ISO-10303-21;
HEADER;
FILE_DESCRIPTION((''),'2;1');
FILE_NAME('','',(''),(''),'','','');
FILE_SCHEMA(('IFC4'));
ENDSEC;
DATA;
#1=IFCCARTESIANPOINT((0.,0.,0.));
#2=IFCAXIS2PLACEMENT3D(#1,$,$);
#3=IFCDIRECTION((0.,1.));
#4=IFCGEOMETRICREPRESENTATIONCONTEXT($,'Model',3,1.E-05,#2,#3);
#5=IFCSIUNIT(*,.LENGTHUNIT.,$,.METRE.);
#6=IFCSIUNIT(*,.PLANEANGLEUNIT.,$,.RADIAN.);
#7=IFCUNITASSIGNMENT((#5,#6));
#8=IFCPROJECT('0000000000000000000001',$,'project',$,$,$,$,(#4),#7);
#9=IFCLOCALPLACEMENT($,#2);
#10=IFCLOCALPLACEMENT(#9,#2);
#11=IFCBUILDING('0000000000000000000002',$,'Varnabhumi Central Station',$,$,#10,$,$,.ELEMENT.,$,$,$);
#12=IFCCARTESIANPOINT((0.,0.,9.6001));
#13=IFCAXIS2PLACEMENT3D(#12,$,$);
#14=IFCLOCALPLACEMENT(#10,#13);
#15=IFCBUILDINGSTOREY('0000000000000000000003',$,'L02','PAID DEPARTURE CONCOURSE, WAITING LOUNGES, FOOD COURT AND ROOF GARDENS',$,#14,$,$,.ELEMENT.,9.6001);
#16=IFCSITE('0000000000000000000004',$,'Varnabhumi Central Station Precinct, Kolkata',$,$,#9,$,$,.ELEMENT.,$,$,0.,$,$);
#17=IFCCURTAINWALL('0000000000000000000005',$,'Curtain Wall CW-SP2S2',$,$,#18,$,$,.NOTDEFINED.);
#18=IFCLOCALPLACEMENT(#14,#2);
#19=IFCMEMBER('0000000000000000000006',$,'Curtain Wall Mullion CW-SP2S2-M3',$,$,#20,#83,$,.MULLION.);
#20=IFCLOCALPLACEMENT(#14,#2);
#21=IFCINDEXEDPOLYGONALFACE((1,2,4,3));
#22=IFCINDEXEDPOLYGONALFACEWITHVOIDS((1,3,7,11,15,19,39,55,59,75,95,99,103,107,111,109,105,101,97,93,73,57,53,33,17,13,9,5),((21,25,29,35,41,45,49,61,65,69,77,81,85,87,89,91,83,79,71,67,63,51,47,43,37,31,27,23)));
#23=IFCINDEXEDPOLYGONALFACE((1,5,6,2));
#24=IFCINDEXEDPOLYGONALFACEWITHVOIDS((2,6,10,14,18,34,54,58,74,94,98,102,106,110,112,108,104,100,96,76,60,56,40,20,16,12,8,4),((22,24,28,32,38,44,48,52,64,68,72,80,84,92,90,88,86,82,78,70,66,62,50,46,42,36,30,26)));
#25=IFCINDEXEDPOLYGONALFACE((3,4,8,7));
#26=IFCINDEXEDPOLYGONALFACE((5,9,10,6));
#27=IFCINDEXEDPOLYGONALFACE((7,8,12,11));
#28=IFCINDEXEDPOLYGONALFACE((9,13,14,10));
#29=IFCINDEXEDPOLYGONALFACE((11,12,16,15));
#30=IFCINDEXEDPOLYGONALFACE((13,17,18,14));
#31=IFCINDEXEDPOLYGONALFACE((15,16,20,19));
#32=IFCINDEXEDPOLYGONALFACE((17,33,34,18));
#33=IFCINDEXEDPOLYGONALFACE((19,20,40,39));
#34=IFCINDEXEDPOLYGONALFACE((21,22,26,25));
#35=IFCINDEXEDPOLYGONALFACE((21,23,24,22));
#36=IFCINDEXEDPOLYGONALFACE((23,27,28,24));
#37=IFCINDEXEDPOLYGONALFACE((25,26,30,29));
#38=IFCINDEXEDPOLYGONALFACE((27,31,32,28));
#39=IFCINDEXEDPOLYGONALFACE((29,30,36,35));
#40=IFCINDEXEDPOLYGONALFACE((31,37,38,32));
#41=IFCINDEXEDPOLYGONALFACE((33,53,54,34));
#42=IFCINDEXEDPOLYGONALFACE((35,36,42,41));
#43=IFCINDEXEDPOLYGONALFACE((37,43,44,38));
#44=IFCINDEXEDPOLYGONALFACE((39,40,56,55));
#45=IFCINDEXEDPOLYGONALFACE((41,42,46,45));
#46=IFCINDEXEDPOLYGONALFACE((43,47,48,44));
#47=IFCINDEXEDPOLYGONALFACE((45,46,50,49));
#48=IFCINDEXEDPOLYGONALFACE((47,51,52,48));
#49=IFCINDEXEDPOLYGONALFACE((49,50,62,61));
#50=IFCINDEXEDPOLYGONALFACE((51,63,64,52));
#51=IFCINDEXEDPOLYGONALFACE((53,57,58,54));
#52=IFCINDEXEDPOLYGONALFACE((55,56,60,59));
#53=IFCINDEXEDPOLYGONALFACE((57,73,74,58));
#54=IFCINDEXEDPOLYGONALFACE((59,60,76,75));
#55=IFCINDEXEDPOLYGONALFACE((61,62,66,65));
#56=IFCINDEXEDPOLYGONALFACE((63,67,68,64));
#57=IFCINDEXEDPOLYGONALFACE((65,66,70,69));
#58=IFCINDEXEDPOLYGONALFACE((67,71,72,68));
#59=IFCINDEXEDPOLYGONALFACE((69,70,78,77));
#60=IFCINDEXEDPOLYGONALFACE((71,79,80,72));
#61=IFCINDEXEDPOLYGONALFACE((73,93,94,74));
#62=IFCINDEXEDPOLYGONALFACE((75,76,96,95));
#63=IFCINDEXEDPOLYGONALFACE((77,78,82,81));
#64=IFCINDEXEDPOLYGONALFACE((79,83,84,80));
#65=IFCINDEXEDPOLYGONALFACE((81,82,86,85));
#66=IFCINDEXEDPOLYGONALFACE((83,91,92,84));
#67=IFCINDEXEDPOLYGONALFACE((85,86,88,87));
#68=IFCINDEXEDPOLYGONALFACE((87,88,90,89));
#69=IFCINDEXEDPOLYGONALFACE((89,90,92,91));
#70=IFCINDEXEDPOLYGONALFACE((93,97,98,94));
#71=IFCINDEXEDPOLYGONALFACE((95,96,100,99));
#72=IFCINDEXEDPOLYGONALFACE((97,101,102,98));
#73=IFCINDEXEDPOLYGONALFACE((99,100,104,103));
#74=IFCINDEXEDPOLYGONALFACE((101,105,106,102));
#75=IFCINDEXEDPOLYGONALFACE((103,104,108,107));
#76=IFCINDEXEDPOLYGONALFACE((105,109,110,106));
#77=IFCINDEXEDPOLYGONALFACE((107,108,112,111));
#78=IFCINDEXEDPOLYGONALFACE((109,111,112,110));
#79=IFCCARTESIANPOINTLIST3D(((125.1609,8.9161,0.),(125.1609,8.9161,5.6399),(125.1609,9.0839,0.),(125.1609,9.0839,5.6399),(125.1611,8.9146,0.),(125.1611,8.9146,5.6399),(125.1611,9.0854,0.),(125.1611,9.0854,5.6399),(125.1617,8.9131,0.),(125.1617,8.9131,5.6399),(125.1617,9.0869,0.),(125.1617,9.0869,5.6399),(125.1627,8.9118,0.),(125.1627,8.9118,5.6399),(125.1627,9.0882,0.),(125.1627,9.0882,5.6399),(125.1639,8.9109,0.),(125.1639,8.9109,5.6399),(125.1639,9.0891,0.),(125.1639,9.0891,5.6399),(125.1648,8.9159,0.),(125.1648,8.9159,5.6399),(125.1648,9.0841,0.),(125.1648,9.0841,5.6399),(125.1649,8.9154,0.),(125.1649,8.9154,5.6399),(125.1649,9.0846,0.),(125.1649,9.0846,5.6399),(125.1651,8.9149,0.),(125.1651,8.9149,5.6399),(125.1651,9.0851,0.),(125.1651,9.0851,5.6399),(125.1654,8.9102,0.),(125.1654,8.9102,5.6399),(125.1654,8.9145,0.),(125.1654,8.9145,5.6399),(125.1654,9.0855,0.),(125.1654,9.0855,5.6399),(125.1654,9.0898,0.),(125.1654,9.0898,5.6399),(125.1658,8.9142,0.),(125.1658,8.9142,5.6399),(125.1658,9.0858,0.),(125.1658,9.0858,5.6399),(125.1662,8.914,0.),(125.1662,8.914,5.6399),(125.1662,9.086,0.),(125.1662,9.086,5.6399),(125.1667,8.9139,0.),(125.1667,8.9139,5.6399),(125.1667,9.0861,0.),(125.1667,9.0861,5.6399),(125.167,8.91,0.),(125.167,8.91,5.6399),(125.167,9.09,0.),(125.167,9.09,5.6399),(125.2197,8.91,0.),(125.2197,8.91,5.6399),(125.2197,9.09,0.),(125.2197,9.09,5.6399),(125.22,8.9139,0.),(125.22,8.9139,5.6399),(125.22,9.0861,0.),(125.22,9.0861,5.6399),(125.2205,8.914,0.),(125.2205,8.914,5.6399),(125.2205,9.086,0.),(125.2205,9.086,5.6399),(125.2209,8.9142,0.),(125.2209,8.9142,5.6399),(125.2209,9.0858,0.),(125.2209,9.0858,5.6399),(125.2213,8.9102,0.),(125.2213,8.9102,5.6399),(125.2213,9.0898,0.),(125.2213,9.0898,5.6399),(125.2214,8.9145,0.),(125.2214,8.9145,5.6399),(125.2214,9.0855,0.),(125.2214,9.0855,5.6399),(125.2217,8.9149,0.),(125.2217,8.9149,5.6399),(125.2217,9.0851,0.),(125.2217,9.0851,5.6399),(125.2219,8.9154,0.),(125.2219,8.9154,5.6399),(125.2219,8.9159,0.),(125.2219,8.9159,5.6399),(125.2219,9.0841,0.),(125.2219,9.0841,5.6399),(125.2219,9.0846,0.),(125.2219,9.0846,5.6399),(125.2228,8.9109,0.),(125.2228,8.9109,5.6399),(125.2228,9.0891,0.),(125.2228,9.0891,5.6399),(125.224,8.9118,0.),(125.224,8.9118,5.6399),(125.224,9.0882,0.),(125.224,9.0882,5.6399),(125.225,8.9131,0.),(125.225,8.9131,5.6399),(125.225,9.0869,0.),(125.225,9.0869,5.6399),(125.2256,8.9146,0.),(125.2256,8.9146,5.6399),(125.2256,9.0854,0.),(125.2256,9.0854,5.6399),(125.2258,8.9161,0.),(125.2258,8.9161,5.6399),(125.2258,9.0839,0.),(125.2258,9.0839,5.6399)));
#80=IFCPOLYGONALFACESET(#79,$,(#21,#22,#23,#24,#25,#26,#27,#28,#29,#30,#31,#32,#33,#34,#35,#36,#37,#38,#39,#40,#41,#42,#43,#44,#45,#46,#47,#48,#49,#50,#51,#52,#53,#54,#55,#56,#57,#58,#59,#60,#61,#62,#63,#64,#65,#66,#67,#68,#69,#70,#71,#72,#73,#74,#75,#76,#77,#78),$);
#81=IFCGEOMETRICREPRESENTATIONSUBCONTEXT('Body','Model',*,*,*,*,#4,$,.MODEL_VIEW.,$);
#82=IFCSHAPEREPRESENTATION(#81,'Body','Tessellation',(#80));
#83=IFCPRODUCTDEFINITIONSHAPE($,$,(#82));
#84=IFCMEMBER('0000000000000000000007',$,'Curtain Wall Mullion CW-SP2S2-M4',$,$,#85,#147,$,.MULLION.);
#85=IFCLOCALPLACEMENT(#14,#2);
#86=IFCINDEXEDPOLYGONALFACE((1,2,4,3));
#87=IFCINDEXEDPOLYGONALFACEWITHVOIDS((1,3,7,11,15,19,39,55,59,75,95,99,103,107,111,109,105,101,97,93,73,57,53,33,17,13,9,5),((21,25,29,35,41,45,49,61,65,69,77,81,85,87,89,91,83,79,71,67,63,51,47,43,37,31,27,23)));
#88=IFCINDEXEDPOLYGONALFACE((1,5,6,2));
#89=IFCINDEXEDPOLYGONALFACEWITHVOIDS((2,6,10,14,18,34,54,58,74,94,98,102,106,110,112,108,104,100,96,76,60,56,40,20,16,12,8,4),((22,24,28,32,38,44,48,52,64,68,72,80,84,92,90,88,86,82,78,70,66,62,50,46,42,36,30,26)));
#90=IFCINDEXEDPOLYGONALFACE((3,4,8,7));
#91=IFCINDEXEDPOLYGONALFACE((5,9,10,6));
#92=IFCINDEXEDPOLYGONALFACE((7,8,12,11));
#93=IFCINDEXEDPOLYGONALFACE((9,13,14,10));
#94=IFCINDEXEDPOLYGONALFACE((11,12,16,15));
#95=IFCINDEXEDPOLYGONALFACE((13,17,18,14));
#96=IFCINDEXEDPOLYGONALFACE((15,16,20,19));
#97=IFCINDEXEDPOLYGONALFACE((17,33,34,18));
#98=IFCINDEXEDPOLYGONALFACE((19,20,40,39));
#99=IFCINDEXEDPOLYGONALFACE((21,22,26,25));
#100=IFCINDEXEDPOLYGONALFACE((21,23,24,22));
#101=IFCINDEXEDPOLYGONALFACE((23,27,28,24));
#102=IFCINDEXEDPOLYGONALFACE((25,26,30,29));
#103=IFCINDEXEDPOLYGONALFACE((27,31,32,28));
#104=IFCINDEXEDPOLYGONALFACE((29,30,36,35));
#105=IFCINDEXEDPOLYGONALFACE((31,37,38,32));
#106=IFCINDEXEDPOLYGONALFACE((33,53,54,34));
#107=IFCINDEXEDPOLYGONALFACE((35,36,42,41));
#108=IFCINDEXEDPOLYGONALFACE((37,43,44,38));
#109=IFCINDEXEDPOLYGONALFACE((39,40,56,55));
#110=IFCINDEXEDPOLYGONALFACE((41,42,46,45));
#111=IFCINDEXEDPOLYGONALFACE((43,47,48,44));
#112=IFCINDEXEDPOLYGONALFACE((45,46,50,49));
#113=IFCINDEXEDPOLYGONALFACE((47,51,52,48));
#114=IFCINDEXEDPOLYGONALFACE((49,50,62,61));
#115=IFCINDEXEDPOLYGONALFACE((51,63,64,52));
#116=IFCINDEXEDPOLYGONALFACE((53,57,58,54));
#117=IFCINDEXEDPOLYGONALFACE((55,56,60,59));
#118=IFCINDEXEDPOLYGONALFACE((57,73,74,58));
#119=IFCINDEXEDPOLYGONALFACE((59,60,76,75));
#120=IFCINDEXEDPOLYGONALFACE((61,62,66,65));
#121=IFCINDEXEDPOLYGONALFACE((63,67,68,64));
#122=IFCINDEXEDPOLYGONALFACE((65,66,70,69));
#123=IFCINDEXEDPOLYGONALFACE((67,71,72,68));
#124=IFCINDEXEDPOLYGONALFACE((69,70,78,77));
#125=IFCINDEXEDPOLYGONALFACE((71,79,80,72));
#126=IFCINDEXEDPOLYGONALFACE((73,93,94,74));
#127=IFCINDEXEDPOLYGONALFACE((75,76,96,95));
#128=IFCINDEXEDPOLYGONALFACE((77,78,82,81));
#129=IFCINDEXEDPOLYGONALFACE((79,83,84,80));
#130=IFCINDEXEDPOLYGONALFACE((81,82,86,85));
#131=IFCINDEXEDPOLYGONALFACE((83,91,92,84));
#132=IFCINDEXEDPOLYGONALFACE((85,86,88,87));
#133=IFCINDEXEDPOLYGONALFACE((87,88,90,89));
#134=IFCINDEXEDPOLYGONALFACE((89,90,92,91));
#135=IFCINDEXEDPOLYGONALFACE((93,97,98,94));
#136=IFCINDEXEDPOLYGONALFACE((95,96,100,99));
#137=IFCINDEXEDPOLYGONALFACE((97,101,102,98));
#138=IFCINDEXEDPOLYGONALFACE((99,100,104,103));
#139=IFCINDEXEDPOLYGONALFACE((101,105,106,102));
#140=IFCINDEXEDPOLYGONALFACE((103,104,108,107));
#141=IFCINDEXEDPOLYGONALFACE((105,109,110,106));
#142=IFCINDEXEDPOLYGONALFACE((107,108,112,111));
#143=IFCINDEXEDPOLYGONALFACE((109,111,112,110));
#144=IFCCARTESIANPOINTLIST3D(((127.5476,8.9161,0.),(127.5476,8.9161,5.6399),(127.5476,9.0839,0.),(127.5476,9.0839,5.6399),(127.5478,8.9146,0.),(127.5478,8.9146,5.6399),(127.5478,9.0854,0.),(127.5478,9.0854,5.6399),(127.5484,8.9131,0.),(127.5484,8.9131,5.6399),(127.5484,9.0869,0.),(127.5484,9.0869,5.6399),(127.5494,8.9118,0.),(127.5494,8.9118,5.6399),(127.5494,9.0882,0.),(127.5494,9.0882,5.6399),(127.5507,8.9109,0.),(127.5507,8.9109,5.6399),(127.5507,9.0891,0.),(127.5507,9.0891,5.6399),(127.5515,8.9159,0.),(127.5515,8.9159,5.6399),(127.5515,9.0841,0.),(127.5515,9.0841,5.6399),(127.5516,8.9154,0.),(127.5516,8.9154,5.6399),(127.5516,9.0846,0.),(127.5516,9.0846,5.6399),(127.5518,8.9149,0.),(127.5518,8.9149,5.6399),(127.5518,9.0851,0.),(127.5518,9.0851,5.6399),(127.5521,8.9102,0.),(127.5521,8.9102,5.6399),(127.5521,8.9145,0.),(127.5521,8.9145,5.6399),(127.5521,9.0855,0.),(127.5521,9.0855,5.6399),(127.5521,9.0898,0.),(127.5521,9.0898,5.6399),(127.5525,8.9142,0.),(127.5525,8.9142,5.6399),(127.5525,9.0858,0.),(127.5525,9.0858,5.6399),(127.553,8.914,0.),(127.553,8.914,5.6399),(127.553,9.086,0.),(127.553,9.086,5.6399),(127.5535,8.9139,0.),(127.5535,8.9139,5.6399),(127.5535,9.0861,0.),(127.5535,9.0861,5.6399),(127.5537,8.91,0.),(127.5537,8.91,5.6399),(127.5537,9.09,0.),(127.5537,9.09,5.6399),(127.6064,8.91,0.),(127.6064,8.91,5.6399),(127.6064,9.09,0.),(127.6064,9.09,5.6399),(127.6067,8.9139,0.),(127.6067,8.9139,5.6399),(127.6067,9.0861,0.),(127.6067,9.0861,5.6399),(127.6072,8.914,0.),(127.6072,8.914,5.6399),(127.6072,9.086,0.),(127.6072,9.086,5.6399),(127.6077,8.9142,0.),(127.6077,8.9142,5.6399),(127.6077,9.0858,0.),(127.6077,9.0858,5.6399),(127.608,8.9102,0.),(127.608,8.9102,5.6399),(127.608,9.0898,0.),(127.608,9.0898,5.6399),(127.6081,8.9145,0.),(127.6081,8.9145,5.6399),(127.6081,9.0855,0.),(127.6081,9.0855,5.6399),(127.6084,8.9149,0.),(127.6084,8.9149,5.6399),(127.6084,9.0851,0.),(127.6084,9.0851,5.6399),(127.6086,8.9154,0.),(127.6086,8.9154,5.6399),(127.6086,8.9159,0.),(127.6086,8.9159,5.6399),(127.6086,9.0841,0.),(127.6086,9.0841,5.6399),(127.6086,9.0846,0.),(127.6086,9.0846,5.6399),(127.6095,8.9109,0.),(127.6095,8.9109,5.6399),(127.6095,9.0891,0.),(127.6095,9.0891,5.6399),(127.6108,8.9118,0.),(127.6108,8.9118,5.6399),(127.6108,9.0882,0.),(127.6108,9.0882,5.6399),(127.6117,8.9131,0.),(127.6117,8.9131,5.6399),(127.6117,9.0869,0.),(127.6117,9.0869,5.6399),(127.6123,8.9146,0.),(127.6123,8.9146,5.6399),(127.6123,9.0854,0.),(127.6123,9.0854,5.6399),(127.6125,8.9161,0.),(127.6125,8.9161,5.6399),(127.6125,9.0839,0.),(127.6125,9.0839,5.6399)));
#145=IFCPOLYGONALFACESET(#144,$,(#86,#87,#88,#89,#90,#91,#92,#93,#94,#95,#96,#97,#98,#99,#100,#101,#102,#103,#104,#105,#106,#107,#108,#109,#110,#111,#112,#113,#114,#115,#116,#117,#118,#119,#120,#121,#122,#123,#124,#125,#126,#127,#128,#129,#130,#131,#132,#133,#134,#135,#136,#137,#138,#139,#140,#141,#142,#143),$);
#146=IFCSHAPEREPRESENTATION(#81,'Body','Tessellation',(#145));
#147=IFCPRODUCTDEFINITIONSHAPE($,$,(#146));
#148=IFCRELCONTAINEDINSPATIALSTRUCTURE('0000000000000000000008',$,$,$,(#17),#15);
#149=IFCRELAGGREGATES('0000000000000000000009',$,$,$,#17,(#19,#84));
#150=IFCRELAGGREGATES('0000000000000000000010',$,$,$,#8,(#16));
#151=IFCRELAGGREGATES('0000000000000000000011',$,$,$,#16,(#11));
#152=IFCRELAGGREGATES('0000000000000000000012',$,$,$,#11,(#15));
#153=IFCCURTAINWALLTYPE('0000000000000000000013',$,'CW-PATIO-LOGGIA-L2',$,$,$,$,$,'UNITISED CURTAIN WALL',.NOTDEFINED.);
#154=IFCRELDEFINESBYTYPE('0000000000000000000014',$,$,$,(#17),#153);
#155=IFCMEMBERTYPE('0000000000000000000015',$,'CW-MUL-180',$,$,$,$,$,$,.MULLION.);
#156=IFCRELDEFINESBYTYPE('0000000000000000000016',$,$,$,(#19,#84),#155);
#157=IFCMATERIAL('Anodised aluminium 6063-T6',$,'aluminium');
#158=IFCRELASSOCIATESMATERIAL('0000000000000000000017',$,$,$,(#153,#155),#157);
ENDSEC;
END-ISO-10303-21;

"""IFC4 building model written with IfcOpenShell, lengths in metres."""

from ifc_helpers import new_model, si_unit, direction, frame, origin, origin_2d, place, context, subcontext, project, spatial, hollow_rectangle, extrude, material, material_profile, profile_set, type_object, element, aggregate, save


model = new_model("IFC4")

# Units and contexts
model_context = context("Model", 3, precision=1e-05, world=origin(), true_north=direction((0.0, 1.0)))
body_context = subcontext(model_context, "Body", "Model", "MODEL_VIEW")
ifc_project = project(units=[si_unit("LENGTHUNIT", "METRE"), si_unit("PLANEANGLEUNIT", "RADIAN")], contexts=[model_context])

# Site, building, storey
site_placement = place(None, origin())
site = spatial("IfcSite", under=ifc_project, at=site_placement, Name="Varnabhumi Central Station Precinct, Kolkata", CompositionType="ELEMENT", RefElevation=0.0)
building_placement = place(site_placement, origin())
building = spatial("IfcBuilding", under=site, at=building_placement, Name="Varnabhumi Central Station", CompositionType="ELEMENT")
storey_placement = place(building_placement, frame((0.0, 0.0, 9.6001)))
storey = spatial("IfcBuildingStorey", under=building, at=storey_placement, Name="L02", Description="PAID DEPARTURE CONCOURSE, WAITING LOUNGES, FOOD COURT AND ROOF GARDENS", CompositionType="ELEMENT", Elevation=9.6001)

# Curtain wall, members
ifc_material_1 = material(Name="Anodised aluminium 6063-T6", Category="aluminium")
curtain_wall_type = type_object("IfcCurtainWallType", Name="CW-PATIO-LOGGIA-L2", ElementType="UNITISED CURTAIN WALL", PredefinedType="NOTDEFINED", material=ifc_material_1)
curtain_wall_1_placement = place(storey_placement, origin())
curtain_wall_1 = element("IfcCurtainWall", 1, at=curtain_wall_1_placement, inside=storey, type_object=curtain_wall_type, Name="Curtain Wall CW-SP2S2", PredefinedType="NOTDEFINED")
ifc_material_profile_1 = material_profile(ifc_material_1, hollow_rectangle(XDim=0.0649, YDim=0.1799, WallThickness=0.0039, InnerFilletRadius=0.002, OuterFilletRadius=0.0061, at=origin_2d()), Name="Anodised aluminium 6063-T6", Category="aluminium")
ifc_profile_set_1 = profile_set([ifc_material_profile_1], Name="Anodised aluminium 6063-T6")
member_type_1 = type_object("IfcMemberType", Name="CW-MUL-180", PredefinedType="MULLION", material=ifc_profile_set_1)
member_1_placement = place(storey_placement, frame((125.1934, 9.0, 0.0), z_axis=(0.0, 0.0, 1.0), x_axis=(1.0, 0.0, 0.0)))
member_1 = element("IfcMember", 2, at=member_1_placement, type_object=member_type_1, Name="Curtain Wall Mullion CW-SP2S2-M3", PredefinedType="MULLION", context=body_context, shape_type="SweptSolid", body=[
    extrude(hollow_rectangle(XDim=0.0649, YDim=0.1799, WallThickness=0.0039, InnerFilletRadius=0.002, OuterFilletRadius=0.0061, at=origin_2d()), origin(), (0.0, 0.0, 1.0), 5.6399),
])
member_2_placement = place(storey_placement, frame((127.5801, 9.0, 0.0), z_axis=(0.0, 0.0, 1.0), x_axis=(1.0, 0.0, 0.0)))
member_2 = element("IfcMember", 3, at=member_2_placement, type_object=member_type_1, Name="Curtain Wall Mullion CW-SP2S2-M4", PredefinedType="MULLION", context=body_context, shape_type="SweptSolid", body=[
    extrude(hollow_rectangle(XDim=0.0649, YDim=0.1799, WallThickness=0.0039, InnerFilletRadius=0.002, OuterFilletRadius=0.0061, at=origin_2d()), origin(), (0.0, 0.0, 1.0), 5.6399),
])

aggregate(curtain_wall_1, [member_1, member_2])

save(model, "model.ifc")
